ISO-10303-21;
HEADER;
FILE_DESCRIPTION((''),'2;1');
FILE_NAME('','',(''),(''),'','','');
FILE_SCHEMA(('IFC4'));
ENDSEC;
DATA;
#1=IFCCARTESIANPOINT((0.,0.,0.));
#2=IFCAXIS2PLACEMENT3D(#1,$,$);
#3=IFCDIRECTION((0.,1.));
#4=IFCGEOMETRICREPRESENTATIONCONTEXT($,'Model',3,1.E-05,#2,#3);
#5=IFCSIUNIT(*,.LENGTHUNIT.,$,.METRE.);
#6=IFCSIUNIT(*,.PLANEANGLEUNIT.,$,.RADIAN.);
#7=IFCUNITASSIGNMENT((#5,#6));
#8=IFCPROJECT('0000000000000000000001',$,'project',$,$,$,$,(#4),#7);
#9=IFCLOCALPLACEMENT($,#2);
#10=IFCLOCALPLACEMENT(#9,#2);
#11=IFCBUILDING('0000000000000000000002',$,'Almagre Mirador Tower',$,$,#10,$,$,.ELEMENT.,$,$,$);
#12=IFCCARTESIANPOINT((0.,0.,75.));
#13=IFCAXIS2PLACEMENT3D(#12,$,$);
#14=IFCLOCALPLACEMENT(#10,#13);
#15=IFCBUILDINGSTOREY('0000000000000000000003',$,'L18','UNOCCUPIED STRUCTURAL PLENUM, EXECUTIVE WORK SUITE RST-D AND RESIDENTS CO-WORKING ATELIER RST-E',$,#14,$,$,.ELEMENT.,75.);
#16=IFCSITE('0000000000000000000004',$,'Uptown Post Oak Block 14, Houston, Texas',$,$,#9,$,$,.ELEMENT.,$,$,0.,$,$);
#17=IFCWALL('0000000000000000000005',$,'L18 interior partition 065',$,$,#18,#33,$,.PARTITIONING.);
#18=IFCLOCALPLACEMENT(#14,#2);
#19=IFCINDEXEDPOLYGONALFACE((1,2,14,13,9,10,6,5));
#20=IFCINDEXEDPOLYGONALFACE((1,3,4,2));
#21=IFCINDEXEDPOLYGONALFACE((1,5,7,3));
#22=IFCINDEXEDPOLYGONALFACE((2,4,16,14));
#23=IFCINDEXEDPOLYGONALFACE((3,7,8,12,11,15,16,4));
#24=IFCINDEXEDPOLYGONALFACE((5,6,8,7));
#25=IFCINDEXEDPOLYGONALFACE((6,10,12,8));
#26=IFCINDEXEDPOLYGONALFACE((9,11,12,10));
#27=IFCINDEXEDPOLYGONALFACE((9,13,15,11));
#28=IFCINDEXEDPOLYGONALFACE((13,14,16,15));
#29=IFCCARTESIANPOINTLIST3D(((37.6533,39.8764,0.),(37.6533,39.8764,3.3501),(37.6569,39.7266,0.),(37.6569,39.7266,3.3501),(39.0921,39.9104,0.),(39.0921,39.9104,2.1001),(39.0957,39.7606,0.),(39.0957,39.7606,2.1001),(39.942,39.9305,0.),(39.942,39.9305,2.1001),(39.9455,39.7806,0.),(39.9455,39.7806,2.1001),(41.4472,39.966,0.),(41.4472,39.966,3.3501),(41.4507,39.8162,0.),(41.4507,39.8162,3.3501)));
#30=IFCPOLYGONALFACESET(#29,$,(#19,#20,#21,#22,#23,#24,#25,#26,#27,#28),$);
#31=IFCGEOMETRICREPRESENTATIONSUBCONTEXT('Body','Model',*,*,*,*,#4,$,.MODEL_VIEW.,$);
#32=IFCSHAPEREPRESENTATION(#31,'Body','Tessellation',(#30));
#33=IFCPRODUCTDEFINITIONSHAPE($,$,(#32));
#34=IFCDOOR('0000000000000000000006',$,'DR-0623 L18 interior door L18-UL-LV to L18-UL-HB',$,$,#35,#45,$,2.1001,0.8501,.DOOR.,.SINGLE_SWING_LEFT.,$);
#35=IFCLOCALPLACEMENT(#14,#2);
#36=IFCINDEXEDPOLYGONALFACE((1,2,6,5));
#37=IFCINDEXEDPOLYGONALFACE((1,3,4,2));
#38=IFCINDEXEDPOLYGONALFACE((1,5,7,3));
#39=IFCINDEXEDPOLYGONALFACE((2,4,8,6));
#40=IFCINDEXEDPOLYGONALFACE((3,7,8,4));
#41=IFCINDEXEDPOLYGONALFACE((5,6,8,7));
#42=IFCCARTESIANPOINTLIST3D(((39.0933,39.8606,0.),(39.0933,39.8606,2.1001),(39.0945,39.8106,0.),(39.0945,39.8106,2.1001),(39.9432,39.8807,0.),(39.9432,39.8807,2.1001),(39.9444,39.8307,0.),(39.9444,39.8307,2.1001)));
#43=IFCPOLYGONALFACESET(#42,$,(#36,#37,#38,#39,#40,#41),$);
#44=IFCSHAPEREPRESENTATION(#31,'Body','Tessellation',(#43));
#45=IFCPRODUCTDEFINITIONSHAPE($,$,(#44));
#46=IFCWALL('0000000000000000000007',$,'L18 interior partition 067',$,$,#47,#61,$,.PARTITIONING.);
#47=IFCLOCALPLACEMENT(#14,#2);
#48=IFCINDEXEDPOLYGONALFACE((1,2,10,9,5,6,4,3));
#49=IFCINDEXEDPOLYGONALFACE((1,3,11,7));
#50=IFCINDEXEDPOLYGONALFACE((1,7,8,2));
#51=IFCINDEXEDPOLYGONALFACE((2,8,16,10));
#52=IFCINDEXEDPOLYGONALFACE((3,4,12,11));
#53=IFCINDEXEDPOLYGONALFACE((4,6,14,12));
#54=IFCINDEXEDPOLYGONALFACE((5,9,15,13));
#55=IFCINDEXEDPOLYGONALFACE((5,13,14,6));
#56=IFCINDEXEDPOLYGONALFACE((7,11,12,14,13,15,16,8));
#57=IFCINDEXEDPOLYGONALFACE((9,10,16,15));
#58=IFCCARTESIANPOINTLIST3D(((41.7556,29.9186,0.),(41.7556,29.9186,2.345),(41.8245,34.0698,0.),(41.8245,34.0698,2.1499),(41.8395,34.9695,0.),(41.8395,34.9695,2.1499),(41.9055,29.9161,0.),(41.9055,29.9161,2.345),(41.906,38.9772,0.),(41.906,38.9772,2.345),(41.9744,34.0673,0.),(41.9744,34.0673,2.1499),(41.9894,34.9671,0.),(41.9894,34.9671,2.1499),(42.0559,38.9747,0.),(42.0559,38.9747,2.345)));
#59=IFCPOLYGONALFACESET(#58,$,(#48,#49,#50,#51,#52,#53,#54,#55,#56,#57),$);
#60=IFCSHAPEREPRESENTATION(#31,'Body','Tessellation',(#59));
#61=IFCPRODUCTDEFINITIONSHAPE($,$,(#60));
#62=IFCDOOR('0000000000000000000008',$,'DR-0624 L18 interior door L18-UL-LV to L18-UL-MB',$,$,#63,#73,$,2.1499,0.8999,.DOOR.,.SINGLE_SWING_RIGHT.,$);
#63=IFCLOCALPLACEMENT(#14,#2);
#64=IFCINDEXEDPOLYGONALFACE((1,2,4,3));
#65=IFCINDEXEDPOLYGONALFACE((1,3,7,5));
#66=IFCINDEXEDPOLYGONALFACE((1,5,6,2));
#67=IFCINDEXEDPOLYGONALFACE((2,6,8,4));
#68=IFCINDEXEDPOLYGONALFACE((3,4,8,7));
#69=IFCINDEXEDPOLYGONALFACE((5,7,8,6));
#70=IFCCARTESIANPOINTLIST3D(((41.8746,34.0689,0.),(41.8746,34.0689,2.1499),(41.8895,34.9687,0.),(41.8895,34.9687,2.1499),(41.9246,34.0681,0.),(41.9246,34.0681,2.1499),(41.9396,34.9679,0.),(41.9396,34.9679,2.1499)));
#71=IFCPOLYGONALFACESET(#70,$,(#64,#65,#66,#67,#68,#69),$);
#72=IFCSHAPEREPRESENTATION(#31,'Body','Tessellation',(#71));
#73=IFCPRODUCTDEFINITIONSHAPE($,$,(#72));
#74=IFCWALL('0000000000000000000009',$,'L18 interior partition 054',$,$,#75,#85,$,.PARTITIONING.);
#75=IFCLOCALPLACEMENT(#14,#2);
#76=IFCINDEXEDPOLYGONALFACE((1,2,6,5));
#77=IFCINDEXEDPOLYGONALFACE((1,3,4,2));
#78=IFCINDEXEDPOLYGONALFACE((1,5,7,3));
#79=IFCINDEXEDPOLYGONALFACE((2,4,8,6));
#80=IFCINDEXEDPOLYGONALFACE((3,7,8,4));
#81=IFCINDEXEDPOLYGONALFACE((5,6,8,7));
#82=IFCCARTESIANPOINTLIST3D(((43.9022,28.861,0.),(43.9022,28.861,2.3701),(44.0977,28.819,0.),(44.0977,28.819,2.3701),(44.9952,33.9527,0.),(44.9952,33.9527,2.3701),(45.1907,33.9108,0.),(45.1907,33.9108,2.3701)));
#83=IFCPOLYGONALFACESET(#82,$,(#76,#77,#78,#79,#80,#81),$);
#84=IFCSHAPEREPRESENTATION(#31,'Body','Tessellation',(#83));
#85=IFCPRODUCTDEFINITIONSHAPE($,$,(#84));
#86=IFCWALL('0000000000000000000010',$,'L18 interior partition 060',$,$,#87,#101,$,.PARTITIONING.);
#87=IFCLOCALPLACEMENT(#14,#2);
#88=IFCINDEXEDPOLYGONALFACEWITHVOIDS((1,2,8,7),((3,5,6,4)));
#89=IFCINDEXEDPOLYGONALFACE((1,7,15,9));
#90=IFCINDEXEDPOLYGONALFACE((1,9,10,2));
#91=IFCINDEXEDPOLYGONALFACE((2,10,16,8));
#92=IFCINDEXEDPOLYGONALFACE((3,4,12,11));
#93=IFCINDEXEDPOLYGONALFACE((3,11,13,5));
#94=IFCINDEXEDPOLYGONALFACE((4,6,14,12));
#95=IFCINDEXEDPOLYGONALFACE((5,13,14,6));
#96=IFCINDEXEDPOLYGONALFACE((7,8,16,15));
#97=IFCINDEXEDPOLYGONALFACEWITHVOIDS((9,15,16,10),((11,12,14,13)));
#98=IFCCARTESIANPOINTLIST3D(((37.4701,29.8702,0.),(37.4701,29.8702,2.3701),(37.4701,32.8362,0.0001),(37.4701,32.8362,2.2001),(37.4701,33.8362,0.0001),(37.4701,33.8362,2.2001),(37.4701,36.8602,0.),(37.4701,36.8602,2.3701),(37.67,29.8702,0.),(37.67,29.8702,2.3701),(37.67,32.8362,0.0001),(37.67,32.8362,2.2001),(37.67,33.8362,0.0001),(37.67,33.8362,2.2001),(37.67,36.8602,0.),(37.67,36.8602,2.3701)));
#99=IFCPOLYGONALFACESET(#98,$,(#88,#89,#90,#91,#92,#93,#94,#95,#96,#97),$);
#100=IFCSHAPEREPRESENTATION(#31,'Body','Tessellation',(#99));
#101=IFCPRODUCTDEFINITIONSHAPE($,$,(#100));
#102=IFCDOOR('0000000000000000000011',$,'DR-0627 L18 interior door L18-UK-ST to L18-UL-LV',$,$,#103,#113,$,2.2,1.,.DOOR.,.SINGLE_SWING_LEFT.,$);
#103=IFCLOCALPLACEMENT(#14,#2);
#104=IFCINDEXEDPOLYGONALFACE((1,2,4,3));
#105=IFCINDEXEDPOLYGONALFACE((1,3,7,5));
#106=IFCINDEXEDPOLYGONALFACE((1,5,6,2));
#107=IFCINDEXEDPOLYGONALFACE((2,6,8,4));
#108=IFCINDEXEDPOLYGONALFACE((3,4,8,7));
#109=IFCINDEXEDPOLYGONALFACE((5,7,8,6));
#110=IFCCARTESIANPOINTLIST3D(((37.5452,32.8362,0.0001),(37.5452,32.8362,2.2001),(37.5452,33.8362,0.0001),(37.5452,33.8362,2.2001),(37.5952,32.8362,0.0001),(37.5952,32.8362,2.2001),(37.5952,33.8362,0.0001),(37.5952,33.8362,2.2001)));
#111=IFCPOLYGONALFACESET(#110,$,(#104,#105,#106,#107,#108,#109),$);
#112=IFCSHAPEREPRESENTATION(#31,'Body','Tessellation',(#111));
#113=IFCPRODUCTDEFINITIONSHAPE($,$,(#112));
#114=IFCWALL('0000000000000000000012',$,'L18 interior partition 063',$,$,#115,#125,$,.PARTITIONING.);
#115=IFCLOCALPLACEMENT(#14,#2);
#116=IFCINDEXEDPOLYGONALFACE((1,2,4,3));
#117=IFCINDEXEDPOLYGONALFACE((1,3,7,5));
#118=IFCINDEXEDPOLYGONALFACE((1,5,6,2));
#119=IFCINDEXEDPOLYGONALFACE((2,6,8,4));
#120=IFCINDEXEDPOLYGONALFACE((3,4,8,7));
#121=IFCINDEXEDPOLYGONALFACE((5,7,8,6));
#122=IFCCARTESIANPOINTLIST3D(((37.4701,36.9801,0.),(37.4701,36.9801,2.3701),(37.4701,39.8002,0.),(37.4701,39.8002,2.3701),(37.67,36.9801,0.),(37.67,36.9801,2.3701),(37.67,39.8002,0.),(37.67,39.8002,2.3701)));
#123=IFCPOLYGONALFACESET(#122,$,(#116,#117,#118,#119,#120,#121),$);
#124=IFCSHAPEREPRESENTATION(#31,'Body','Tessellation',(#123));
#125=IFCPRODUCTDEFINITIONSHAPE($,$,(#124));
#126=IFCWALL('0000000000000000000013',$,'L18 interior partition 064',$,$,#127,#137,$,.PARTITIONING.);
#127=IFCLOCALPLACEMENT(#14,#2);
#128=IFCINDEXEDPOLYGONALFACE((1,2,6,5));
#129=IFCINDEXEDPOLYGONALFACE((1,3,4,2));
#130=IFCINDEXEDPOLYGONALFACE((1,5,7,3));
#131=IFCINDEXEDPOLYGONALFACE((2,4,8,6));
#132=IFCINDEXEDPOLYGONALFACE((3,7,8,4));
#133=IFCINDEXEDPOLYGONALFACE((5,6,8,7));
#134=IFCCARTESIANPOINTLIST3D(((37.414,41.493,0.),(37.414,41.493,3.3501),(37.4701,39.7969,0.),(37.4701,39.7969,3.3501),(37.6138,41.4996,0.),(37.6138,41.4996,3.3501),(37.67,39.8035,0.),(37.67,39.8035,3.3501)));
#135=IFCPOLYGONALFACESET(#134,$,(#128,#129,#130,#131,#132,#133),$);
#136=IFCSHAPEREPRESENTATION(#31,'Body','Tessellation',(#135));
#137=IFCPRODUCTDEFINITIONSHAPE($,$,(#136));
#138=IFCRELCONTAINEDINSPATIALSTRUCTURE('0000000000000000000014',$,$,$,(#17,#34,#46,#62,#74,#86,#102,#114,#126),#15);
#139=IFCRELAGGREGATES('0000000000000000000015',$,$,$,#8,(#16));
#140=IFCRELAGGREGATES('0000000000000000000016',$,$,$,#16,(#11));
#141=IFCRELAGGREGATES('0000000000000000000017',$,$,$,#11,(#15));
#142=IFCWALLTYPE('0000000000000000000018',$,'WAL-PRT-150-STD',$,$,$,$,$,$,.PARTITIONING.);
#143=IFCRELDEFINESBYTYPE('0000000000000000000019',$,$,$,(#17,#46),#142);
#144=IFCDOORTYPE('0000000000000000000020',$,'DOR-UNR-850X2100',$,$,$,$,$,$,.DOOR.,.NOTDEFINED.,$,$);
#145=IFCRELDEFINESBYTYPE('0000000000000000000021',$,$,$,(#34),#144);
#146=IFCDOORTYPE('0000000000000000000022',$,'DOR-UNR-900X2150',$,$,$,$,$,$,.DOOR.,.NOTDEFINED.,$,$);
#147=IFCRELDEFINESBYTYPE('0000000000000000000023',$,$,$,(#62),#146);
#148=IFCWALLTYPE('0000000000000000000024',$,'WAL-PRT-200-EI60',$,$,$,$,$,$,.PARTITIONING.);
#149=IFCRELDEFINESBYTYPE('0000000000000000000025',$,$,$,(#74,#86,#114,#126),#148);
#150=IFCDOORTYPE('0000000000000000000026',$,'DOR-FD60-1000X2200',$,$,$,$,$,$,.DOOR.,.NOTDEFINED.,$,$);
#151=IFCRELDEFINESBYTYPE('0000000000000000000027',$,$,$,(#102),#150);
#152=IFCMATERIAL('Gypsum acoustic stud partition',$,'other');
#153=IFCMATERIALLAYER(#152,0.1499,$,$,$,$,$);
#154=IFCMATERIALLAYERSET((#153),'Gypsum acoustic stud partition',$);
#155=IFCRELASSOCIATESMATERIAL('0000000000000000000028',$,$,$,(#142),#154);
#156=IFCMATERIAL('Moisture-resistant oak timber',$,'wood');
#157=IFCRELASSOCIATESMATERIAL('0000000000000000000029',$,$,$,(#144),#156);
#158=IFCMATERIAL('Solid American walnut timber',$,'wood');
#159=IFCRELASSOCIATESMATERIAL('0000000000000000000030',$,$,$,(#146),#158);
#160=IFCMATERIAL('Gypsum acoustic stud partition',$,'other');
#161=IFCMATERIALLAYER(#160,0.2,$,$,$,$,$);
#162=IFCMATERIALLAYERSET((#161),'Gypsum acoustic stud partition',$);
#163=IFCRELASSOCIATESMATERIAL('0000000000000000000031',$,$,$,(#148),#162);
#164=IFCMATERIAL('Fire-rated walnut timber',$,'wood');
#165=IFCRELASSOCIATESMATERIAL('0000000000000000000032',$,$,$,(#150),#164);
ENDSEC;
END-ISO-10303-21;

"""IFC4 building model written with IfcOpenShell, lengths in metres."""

from ifc_helpers import new_model, si_unit, direction, frame, frame_2d, origin, place, context, subcontext, project, spatial, rectangle, extrude, material, layer, layer_set, type_object, element, fill, save


model = new_model("IFC4")

# Units and contexts
model_context = context("Model", 3, precision=1e-05, world=origin(), true_north=direction((0.0, 1.0)))
body_context = subcontext(model_context, "Body", "Model", "MODEL_VIEW")
ifc_project = project(units=[si_unit("LENGTHUNIT", "METRE"), si_unit("PLANEANGLEUNIT", "RADIAN")], contexts=[model_context])

# Site, building, storey
site_placement = place(None, origin())
site = spatial("IfcSite", under=ifc_project, at=site_placement, Name="Uptown Post Oak Block 14, Houston, Texas", CompositionType="ELEMENT", RefElevation=0.0)
building_placement = place(site_placement, origin())
building = spatial("IfcBuilding", under=site, at=building_placement, Name="Almagre Mirador Tower", CompositionType="ELEMENT")
storey_placement = place(building_placement, frame((0.0, 0.0, 75.0)))
storey = spatial("IfcBuildingStorey", under=building, at=storey_placement, Name="L18", Description="UNOCCUPIED STRUCTURAL PLENUM, EXECUTIVE WORK SUITE RST-D AND RESIDENTS CO-WORKING ATELIER RST-E", CompositionType="ELEMENT", Elevation=75.0)

# Walls, openings, doors
ifc_material_1 = material(Name="Gypsum acoustic stud partition", Category="other")
ifc_layer_1 = layer(ifc_material_1, 0.1499)
ifc_layer_set_1 = layer_set([ifc_layer_1], Name="Gypsum acoustic stud partition")
wall_type_1 = type_object("IfcWallType", Name="WAL-PRT-150-STD", PredefinedType="PARTITIONING", material=ifc_layer_set_1)
ifc_material_2 = material(Name="Moisture-resistant oak timber", Category="wood")
door_type_1 = type_object("IfcDoorType", Name="DOR-UNR-850X2100", OperationType="NOTDEFINED", PredefinedType="DOOR", material=ifc_material_2)
wall_1_placement = place(storey_placement, frame((41.449, 39.8911, 0.0), z_axis=(0.0, 0.0, 1.0), x_axis=(-0.999721, -0.02361, 0.0)))
wall_1 = element("IfcWall", 1, at=wall_1_placement, inside=storey, type_object=wall_type_1, Name="L18 interior partition 065", PredefinedType="PARTITIONING", context=body_context, shape_type="SweptSolid", body=[
    extrude(rectangle(XDim=3.7949, YDim=0.1499, at=frame_2d((1.8975, 0.0))), origin(), (0.0, 0.0, 1.0), 3.3501),
])
opening_1_placement = place(wall_1_placement, frame((1.5056, 0.0, 0.0)))
opening_1 = element("IfcOpeningElement", 2, at=opening_1_placement, cuts=wall_1, PredefinedType="OPENING", context=body_context, shape_type="SweptSolid", body=[
    extrude(rectangle(XDim=0.8501, YDim=2.1001, at=frame_2d((0.425, 1.05))), frame((0.0, 0.085, 0.0), z_axis=(0.0, -1.0, 0.0), x_axis=(1.0, 0.0, 0.0)), (0.0, 0.0, 1.0), 0.1699),
])
door_1_placement = place(opening_1_placement, origin())
door_1 = element("IfcDoor", 3, at=door_1_placement, inside=storey, type_object=door_type_1, Name="DR-0623 L18 interior door L18-UL-LV to L18-UL-HB", OperationType="SINGLE_SWING_LEFT", OverallHeight=2.1001, OverallWidth=0.8501, PredefinedType="DOOR", context=body_context, shape_type="SweptSolid", body=[
    extrude(rectangle(XDim=0.8501, YDim=2.1001, at=frame_2d((0.425, 1.05))), frame((0.0, 0.0249, 0.0), z_axis=(0.0, -1.0, 0.0), x_axis=(1.0, 0.0, 0.0)), (0.0, 0.0, 1.0), 0.05),
])
fill(opening_1, door_1)
wall_2_placement = place(storey_placement, frame((41.8306, 29.9175, 0.0), z_axis=(0.0, 0.0, 1.0), x_axis=(0.0166, 0.999862, 0.0)))
wall_2 = element("IfcWall", 4, at=wall_2_placement, inside=storey, type_object=wall_type_1, Name="L18 interior partition 067", PredefinedType="PARTITIONING", context=body_context, shape_type="SweptSolid", body=[
    extrude(rectangle(XDim=9.0598, YDim=0.1499, at=frame_2d((4.5298, 0.0))), origin(), (0.0, 0.0, 1.0), 2.345),
])
opening_2_placement = place(wall_2_placement, frame((4.1516, 0.0, 0.0)))
opening_2 = element("IfcOpeningElement", 5, at=opening_2_placement, cuts=wall_2, PredefinedType="OPENING", context=body_context, shape_type="SweptSolid", body=[
    extrude(rectangle(XDim=0.8999, YDim=2.1499, at=frame_2d((0.45, 1.075))), frame((0.0, 0.085, 0.0), z_axis=(0.0, -1.0, 0.0), x_axis=(1.0, 0.0, 0.0)), (0.0, 0.0, 1.0), 0.1699),
])
ifc_material_3 = material(Name="Solid American walnut timber", Category="wood")
door_type_2 = type_object("IfcDoorType", Name="DOR-UNR-900X2150", OperationType="NOTDEFINED", PredefinedType="DOOR", material=ifc_material_3)
door_2_placement = place(opening_2_placement, origin())
door_2 = element("IfcDoor", 6, at=door_2_placement, inside=storey, type_object=door_type_2, Name="DR-0624 L18 interior door L18-UL-LV to L18-UL-MB", OperationType="SINGLE_SWING_RIGHT", OverallHeight=2.1499, OverallWidth=0.8999, PredefinedType="DOOR", context=body_context, shape_type="SweptSolid", body=[
    extrude(rectangle(XDim=0.8999, YDim=2.1499, at=frame_2d((0.45, 1.075))), frame((0.0, 0.0249, 0.0), z_axis=(0.0, -1.0, 0.0), x_axis=(1.0, 0.0, 0.0)), (0.0, 0.0, 1.0), 0.05),
])
fill(opening_2, door_2)

# Wall
ifc_material_4 = material(Name="Gypsum acoustic stud partition", Category="other")
ifc_layer_2 = layer(ifc_material_4, 0.2)
ifc_layer_set_2 = layer_set([ifc_layer_2], Name="Gypsum acoustic stud partition")
wall_type_2 = type_object("IfcWallType", Name="WAL-PRT-200-EI60", PredefinedType="PARTITIONING", material=ifc_layer_set_2)
wall_3_placement = place(storey_placement, frame((45.093, 33.9319, 0.0), z_axis=(0.0, 0.0, 1.0), x_axis=(-0.209881, -0.977727, 0.0)))
element("IfcWall", 7, at=wall_3_placement, inside=storey, type_object=wall_type_2, Name="L18 interior partition 054", PredefinedType="PARTITIONING", context=body_context, shape_type="SweptSolid", body=[
    extrude(rectangle(XDim=5.2078, YDim=0.2, at=frame_2d((2.604, 0.0))), origin(), (0.0, 0.0, 1.0), 2.3701),
])

# Wall, opening, door
wall_4_placement = place(storey_placement, frame((37.5701, 29.8701, 0.0), z_axis=(0.0, 0.0, 1.0), x_axis=(0.0, 1.0, 0.0)))
wall_4 = element("IfcWall", 8, at=wall_4_placement, inside=storey, type_object=wall_type_2, Name="L18 interior partition 060", PredefinedType="PARTITIONING", context=body_context, shape_type="SweptSolid", body=[
    extrude(rectangle(XDim=6.99, YDim=0.2, at=frame_2d((3.4951, 0.0))), origin(), (0.0, 0.0, 1.0), 2.3701),
])
opening_3_placement = place(wall_4_placement, frame((2.9661, 0.0, 0.0)))
opening_3 = element("IfcOpeningElement", 9, at=opening_3_placement, cuts=wall_4, PredefinedType="OPENING", context=body_context, shape_type="SweptSolid", body=[
    extrude(rectangle(XDim=1.0, YDim=2.2, at=frame_2d((0.5, 1.1001))), frame((0.0, 0.1101, 0.0), z_axis=(0.0, -1.0, 0.0), x_axis=(1.0, 0.0, 0.0)), (0.0, 0.0, 1.0), 0.22),
])
ifc_material_5 = material(Name="Fire-rated walnut timber", Category="wood")
door_type_3 = type_object("IfcDoorType", Name="DOR-FD60-1000X2200", OperationType="NOTDEFINED", PredefinedType="DOOR", material=ifc_material_5)
door_3_placement = place(opening_3_placement, origin())
door_3 = element("IfcDoor", 10, at=door_3_placement, inside=storey, type_object=door_type_3, Name="DR-0627 L18 interior door L18-UK-ST to L18-UL-LV", OperationType="SINGLE_SWING_LEFT", OverallHeight=2.2, OverallWidth=1.0, PredefinedType="DOOR", context=body_context, shape_type="SweptSolid", body=[
    extrude(rectangle(XDim=1.0, YDim=2.2, at=frame_2d((0.5, 1.1001))), frame((0.0, 0.0249, 0.0), z_axis=(0.0, -1.0, 0.0), x_axis=(1.0, 0.0, 0.0)), (0.0, 0.0, 1.0), 0.05),
])
fill(opening_3, door_3)

# Walls
wall_5_placement = place(storey_placement, frame((37.5701, 36.98, 0.0), z_axis=(0.0, 0.0, 1.0), x_axis=(0.0, 1.0, 0.0)))
element("IfcWall", 11, at=wall_5_placement, inside=storey, type_object=wall_type_2, Name="L18 interior partition 063", PredefinedType="PARTITIONING", context=body_context, shape_type="SweptSolid", body=[
    extrude(rectangle(XDim=2.8201, YDim=0.2, at=frame_2d((1.4102, 0.0))), origin(), (0.0, 0.0, 1.0), 2.3701),
])
wall_6_placement = place(storey_placement, frame((37.5701, 39.8, 0.0), z_axis=(0.0, 0.0, 1.0), x_axis=(-0.03309, 0.999452, 0.0)))
element("IfcWall", 12, at=wall_6_placement, inside=storey, type_object=wall_type_2, Name="L18 interior partition 064", PredefinedType="PARTITIONING", context=body_context, shape_type="SweptSolid", body=[
    extrude(rectangle(XDim=1.697, YDim=0.2, at=frame_2d((0.8486, 0.0))), origin(), (0.0, 0.0, 1.0), 3.3501),
])

save(model, "model.ifc")
